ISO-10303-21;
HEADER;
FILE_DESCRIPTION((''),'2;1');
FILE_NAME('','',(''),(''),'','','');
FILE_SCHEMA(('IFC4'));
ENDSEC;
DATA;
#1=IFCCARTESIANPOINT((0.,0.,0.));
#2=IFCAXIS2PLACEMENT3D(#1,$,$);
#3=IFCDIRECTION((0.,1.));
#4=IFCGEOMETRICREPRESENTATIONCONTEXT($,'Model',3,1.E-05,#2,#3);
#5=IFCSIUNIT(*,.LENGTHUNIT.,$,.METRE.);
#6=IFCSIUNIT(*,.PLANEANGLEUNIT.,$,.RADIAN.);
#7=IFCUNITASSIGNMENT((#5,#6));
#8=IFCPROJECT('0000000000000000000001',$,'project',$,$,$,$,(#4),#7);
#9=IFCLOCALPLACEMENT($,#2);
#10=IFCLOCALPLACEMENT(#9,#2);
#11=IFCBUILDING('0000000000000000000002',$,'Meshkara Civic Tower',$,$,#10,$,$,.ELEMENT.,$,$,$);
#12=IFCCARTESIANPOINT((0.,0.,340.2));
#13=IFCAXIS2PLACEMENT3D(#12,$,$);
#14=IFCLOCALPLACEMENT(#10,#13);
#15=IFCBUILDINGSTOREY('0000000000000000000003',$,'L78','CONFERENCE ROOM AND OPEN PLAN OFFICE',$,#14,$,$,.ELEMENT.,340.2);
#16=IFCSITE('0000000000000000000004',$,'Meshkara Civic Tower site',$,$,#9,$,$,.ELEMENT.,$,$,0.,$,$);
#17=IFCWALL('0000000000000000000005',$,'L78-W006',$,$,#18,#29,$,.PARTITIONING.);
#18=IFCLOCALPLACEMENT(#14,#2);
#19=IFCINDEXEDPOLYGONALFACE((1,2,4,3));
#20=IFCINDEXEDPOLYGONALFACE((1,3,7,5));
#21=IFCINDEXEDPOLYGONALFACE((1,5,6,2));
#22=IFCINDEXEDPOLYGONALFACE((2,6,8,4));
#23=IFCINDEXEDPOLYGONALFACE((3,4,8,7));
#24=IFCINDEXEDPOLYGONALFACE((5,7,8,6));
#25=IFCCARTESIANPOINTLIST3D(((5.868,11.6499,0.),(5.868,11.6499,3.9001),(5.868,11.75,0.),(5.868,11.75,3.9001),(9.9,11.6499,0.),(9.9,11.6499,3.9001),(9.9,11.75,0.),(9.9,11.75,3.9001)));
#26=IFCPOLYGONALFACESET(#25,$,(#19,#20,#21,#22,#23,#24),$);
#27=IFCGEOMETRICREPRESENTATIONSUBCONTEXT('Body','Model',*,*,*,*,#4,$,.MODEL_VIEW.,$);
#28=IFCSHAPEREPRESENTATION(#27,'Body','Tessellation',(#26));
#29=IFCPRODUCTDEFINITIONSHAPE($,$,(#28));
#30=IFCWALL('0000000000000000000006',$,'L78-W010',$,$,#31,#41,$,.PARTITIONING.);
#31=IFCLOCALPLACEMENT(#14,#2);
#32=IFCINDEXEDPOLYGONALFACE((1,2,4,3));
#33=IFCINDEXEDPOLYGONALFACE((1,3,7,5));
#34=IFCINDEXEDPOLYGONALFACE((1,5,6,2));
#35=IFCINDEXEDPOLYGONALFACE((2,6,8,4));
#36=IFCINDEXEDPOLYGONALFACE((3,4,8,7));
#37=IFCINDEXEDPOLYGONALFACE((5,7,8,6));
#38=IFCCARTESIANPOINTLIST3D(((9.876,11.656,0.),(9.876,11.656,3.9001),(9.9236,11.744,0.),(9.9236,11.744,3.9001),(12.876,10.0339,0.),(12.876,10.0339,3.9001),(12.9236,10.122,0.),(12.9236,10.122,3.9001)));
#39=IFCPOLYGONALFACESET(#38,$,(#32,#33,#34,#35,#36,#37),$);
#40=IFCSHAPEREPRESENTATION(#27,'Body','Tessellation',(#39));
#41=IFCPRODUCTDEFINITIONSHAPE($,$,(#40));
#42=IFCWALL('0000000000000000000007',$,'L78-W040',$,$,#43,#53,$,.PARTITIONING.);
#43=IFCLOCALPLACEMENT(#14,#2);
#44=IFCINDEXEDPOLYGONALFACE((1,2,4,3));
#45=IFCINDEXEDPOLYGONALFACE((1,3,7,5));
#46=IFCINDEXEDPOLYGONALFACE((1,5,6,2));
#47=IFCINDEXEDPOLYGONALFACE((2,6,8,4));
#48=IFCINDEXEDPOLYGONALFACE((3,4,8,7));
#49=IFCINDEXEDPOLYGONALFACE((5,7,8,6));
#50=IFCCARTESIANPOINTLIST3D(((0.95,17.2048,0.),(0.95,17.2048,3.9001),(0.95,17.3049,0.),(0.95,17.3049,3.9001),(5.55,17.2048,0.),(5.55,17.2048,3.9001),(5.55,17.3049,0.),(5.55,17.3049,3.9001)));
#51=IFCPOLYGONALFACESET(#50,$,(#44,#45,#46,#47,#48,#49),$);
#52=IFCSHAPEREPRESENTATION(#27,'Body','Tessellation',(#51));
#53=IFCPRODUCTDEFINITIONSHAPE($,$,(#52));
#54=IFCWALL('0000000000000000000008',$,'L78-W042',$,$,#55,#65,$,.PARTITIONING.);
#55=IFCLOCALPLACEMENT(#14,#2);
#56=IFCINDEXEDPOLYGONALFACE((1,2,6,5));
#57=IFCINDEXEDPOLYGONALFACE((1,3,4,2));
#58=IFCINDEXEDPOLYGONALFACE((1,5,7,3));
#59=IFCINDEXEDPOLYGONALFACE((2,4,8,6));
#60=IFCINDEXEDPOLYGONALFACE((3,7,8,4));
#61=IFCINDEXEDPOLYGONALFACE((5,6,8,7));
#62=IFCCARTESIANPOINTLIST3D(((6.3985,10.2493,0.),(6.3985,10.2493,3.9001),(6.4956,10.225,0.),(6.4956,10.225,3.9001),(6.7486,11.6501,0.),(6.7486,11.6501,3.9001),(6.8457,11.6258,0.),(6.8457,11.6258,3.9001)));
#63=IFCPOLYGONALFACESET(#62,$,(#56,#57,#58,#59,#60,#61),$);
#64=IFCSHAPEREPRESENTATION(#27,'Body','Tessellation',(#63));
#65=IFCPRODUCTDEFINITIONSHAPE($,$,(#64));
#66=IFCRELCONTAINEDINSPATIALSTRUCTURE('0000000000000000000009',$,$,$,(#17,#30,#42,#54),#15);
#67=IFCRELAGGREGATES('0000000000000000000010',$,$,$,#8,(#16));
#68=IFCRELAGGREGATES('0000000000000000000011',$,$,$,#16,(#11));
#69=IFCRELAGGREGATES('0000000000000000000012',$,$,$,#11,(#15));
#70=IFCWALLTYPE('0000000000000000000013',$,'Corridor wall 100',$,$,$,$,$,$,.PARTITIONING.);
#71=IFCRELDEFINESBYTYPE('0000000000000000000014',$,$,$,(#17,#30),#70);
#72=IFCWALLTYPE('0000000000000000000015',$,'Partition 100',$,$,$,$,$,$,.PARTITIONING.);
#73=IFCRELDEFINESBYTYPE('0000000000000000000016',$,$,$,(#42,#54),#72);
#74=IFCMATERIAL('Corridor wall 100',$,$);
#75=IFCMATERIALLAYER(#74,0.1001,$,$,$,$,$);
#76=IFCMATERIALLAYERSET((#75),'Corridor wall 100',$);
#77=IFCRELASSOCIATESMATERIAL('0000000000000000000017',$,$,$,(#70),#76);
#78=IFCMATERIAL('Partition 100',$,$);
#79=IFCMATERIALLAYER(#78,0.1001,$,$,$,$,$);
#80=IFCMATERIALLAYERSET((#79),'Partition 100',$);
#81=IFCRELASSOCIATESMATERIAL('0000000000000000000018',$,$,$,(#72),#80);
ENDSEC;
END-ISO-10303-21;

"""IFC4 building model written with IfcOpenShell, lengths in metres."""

from ifc_helpers import new_model, si_unit, direction, frame, frame_2d, origin, place, context, subcontext, project, spatial, rectangle, extrude, material, layer, layer_set, type_object, element, save


model = new_model("IFC4")

# Units and contexts
model_context = context("Model", 3, precision=1e-05, world=origin(), true_north=direction((0.0, 1.0)))
body_context = subcontext(model_context, "Body", "Model", "MODEL_VIEW")
ifc_project = project(units=[si_unit("LENGTHUNIT", "METRE"), si_unit("PLANEANGLEUNIT", "RADIAN")], contexts=[model_context])

# Site, building, storey
site_placement = place(None, origin())
site = spatial("IfcSite", under=ifc_project, at=site_placement, Name="Meshkara Civic Tower site", CompositionType="ELEMENT", RefElevation=0.0)
building_placement = place(site_placement, origin())
building = spatial("IfcBuilding", under=site, at=building_placement, Name="Meshkara Civic Tower", CompositionType="ELEMENT")
storey_placement = place(building_placement, frame((0.0, 0.0, 340.2)))
storey = spatial("IfcBuildingStorey", under=building, at=storey_placement, Name="L78", Description="CONFERENCE ROOM AND OPEN PLAN OFFICE", CompositionType="ELEMENT", Elevation=340.2)

# Walls
ifc_material_1 = material(Name="Corridor wall 100")
ifc_layer_1 = layer(ifc_material_1, 0.1001)
ifc_layer_set_1 = layer_set([ifc_layer_1], Name="Corridor wall 100")
wall_type_1 = type_object("IfcWallType", Name="Corridor wall 100", PredefinedType="PARTITIONING", material=ifc_layer_set_1)
wall_1_placement = place(storey_placement, frame((5.8679, 11.7, 0.0), z_axis=(0.0, 0.0, 1.0), x_axis=(1.0, 0.0, 0.0)))
element("IfcWall", 1, at=wall_1_placement, inside=storey, type_object=wall_type_1, Name="L78-W006", PredefinedType="PARTITIONING", context=body_context, shape_type="SweptSolid", body=[
    extrude(rectangle(XDim=4.032, YDim=0.1001, at=frame_2d((2.0161, 0.0))), origin(), (0.0, 0.0, 1.0), 3.9001),
])
wall_2_placement = place(storey_placement, frame((9.8999, 11.7, 0.0), z_axis=(0.0, 0.0, 1.0), x_axis=(0.879651, -0.475619, 0.0)))
element("IfcWall", 2, at=wall_2_placement, inside=storey, type_object=wall_type_1, Name="L78-W010", PredefinedType="PARTITIONING", context=body_context, shape_type="SweptSolid", body=[
    extrude(rectangle(XDim=3.4104, YDim=0.1001, at=frame_2d((1.7051, 0.0))), origin(), (0.0, 0.0, 1.0), 3.9001),
])
ifc_material_2 = material(Name="Partition 100")
ifc_layer_2 = layer(ifc_material_2, 0.1001)
ifc_layer_set_2 = layer_set([ifc_layer_2], Name="Partition 100")
wall_type_2 = type_object("IfcWallType", Name="Partition 100", PredefinedType="PARTITIONING", material=ifc_layer_set_2)
wall_3_placement = place(storey_placement, frame((5.55, 17.2549, 0.0), z_axis=(0.0, 0.0, 1.0), x_axis=(-1.0, 0.0, 0.0)))
element("IfcWall", 3, at=wall_3_placement, inside=storey, type_object=wall_type_2, Name="L78-W040", PredefinedType="PARTITIONING", context=body_context, shape_type="SweptSolid", body=[
    extrude(rectangle(XDim=4.6001, YDim=0.1001, at=frame_2d((2.3, 0.0))), origin(), (0.0, 0.0, 1.0), 3.9001),
])
wall_4_placement = place(storey_placement, frame((6.7971, 11.6379, 0.0), z_axis=(0.0, 0.0, 1.0), x_axis=(-0.242456, -0.970162, 0.0)))
element("IfcWall", 4, at=wall_4_placement, inside=storey, type_object=wall_type_2, Name="L78-W042", PredefinedType="PARTITIONING", context=body_context, shape_type="SweptSolid", body=[
    extrude(rectangle(XDim=1.4438, YDim=0.1001, at=frame_2d((0.7219, 0.0))), origin(), (0.0, 0.0, 1.0), 3.9001),
])

save(model, "model.ifc")
